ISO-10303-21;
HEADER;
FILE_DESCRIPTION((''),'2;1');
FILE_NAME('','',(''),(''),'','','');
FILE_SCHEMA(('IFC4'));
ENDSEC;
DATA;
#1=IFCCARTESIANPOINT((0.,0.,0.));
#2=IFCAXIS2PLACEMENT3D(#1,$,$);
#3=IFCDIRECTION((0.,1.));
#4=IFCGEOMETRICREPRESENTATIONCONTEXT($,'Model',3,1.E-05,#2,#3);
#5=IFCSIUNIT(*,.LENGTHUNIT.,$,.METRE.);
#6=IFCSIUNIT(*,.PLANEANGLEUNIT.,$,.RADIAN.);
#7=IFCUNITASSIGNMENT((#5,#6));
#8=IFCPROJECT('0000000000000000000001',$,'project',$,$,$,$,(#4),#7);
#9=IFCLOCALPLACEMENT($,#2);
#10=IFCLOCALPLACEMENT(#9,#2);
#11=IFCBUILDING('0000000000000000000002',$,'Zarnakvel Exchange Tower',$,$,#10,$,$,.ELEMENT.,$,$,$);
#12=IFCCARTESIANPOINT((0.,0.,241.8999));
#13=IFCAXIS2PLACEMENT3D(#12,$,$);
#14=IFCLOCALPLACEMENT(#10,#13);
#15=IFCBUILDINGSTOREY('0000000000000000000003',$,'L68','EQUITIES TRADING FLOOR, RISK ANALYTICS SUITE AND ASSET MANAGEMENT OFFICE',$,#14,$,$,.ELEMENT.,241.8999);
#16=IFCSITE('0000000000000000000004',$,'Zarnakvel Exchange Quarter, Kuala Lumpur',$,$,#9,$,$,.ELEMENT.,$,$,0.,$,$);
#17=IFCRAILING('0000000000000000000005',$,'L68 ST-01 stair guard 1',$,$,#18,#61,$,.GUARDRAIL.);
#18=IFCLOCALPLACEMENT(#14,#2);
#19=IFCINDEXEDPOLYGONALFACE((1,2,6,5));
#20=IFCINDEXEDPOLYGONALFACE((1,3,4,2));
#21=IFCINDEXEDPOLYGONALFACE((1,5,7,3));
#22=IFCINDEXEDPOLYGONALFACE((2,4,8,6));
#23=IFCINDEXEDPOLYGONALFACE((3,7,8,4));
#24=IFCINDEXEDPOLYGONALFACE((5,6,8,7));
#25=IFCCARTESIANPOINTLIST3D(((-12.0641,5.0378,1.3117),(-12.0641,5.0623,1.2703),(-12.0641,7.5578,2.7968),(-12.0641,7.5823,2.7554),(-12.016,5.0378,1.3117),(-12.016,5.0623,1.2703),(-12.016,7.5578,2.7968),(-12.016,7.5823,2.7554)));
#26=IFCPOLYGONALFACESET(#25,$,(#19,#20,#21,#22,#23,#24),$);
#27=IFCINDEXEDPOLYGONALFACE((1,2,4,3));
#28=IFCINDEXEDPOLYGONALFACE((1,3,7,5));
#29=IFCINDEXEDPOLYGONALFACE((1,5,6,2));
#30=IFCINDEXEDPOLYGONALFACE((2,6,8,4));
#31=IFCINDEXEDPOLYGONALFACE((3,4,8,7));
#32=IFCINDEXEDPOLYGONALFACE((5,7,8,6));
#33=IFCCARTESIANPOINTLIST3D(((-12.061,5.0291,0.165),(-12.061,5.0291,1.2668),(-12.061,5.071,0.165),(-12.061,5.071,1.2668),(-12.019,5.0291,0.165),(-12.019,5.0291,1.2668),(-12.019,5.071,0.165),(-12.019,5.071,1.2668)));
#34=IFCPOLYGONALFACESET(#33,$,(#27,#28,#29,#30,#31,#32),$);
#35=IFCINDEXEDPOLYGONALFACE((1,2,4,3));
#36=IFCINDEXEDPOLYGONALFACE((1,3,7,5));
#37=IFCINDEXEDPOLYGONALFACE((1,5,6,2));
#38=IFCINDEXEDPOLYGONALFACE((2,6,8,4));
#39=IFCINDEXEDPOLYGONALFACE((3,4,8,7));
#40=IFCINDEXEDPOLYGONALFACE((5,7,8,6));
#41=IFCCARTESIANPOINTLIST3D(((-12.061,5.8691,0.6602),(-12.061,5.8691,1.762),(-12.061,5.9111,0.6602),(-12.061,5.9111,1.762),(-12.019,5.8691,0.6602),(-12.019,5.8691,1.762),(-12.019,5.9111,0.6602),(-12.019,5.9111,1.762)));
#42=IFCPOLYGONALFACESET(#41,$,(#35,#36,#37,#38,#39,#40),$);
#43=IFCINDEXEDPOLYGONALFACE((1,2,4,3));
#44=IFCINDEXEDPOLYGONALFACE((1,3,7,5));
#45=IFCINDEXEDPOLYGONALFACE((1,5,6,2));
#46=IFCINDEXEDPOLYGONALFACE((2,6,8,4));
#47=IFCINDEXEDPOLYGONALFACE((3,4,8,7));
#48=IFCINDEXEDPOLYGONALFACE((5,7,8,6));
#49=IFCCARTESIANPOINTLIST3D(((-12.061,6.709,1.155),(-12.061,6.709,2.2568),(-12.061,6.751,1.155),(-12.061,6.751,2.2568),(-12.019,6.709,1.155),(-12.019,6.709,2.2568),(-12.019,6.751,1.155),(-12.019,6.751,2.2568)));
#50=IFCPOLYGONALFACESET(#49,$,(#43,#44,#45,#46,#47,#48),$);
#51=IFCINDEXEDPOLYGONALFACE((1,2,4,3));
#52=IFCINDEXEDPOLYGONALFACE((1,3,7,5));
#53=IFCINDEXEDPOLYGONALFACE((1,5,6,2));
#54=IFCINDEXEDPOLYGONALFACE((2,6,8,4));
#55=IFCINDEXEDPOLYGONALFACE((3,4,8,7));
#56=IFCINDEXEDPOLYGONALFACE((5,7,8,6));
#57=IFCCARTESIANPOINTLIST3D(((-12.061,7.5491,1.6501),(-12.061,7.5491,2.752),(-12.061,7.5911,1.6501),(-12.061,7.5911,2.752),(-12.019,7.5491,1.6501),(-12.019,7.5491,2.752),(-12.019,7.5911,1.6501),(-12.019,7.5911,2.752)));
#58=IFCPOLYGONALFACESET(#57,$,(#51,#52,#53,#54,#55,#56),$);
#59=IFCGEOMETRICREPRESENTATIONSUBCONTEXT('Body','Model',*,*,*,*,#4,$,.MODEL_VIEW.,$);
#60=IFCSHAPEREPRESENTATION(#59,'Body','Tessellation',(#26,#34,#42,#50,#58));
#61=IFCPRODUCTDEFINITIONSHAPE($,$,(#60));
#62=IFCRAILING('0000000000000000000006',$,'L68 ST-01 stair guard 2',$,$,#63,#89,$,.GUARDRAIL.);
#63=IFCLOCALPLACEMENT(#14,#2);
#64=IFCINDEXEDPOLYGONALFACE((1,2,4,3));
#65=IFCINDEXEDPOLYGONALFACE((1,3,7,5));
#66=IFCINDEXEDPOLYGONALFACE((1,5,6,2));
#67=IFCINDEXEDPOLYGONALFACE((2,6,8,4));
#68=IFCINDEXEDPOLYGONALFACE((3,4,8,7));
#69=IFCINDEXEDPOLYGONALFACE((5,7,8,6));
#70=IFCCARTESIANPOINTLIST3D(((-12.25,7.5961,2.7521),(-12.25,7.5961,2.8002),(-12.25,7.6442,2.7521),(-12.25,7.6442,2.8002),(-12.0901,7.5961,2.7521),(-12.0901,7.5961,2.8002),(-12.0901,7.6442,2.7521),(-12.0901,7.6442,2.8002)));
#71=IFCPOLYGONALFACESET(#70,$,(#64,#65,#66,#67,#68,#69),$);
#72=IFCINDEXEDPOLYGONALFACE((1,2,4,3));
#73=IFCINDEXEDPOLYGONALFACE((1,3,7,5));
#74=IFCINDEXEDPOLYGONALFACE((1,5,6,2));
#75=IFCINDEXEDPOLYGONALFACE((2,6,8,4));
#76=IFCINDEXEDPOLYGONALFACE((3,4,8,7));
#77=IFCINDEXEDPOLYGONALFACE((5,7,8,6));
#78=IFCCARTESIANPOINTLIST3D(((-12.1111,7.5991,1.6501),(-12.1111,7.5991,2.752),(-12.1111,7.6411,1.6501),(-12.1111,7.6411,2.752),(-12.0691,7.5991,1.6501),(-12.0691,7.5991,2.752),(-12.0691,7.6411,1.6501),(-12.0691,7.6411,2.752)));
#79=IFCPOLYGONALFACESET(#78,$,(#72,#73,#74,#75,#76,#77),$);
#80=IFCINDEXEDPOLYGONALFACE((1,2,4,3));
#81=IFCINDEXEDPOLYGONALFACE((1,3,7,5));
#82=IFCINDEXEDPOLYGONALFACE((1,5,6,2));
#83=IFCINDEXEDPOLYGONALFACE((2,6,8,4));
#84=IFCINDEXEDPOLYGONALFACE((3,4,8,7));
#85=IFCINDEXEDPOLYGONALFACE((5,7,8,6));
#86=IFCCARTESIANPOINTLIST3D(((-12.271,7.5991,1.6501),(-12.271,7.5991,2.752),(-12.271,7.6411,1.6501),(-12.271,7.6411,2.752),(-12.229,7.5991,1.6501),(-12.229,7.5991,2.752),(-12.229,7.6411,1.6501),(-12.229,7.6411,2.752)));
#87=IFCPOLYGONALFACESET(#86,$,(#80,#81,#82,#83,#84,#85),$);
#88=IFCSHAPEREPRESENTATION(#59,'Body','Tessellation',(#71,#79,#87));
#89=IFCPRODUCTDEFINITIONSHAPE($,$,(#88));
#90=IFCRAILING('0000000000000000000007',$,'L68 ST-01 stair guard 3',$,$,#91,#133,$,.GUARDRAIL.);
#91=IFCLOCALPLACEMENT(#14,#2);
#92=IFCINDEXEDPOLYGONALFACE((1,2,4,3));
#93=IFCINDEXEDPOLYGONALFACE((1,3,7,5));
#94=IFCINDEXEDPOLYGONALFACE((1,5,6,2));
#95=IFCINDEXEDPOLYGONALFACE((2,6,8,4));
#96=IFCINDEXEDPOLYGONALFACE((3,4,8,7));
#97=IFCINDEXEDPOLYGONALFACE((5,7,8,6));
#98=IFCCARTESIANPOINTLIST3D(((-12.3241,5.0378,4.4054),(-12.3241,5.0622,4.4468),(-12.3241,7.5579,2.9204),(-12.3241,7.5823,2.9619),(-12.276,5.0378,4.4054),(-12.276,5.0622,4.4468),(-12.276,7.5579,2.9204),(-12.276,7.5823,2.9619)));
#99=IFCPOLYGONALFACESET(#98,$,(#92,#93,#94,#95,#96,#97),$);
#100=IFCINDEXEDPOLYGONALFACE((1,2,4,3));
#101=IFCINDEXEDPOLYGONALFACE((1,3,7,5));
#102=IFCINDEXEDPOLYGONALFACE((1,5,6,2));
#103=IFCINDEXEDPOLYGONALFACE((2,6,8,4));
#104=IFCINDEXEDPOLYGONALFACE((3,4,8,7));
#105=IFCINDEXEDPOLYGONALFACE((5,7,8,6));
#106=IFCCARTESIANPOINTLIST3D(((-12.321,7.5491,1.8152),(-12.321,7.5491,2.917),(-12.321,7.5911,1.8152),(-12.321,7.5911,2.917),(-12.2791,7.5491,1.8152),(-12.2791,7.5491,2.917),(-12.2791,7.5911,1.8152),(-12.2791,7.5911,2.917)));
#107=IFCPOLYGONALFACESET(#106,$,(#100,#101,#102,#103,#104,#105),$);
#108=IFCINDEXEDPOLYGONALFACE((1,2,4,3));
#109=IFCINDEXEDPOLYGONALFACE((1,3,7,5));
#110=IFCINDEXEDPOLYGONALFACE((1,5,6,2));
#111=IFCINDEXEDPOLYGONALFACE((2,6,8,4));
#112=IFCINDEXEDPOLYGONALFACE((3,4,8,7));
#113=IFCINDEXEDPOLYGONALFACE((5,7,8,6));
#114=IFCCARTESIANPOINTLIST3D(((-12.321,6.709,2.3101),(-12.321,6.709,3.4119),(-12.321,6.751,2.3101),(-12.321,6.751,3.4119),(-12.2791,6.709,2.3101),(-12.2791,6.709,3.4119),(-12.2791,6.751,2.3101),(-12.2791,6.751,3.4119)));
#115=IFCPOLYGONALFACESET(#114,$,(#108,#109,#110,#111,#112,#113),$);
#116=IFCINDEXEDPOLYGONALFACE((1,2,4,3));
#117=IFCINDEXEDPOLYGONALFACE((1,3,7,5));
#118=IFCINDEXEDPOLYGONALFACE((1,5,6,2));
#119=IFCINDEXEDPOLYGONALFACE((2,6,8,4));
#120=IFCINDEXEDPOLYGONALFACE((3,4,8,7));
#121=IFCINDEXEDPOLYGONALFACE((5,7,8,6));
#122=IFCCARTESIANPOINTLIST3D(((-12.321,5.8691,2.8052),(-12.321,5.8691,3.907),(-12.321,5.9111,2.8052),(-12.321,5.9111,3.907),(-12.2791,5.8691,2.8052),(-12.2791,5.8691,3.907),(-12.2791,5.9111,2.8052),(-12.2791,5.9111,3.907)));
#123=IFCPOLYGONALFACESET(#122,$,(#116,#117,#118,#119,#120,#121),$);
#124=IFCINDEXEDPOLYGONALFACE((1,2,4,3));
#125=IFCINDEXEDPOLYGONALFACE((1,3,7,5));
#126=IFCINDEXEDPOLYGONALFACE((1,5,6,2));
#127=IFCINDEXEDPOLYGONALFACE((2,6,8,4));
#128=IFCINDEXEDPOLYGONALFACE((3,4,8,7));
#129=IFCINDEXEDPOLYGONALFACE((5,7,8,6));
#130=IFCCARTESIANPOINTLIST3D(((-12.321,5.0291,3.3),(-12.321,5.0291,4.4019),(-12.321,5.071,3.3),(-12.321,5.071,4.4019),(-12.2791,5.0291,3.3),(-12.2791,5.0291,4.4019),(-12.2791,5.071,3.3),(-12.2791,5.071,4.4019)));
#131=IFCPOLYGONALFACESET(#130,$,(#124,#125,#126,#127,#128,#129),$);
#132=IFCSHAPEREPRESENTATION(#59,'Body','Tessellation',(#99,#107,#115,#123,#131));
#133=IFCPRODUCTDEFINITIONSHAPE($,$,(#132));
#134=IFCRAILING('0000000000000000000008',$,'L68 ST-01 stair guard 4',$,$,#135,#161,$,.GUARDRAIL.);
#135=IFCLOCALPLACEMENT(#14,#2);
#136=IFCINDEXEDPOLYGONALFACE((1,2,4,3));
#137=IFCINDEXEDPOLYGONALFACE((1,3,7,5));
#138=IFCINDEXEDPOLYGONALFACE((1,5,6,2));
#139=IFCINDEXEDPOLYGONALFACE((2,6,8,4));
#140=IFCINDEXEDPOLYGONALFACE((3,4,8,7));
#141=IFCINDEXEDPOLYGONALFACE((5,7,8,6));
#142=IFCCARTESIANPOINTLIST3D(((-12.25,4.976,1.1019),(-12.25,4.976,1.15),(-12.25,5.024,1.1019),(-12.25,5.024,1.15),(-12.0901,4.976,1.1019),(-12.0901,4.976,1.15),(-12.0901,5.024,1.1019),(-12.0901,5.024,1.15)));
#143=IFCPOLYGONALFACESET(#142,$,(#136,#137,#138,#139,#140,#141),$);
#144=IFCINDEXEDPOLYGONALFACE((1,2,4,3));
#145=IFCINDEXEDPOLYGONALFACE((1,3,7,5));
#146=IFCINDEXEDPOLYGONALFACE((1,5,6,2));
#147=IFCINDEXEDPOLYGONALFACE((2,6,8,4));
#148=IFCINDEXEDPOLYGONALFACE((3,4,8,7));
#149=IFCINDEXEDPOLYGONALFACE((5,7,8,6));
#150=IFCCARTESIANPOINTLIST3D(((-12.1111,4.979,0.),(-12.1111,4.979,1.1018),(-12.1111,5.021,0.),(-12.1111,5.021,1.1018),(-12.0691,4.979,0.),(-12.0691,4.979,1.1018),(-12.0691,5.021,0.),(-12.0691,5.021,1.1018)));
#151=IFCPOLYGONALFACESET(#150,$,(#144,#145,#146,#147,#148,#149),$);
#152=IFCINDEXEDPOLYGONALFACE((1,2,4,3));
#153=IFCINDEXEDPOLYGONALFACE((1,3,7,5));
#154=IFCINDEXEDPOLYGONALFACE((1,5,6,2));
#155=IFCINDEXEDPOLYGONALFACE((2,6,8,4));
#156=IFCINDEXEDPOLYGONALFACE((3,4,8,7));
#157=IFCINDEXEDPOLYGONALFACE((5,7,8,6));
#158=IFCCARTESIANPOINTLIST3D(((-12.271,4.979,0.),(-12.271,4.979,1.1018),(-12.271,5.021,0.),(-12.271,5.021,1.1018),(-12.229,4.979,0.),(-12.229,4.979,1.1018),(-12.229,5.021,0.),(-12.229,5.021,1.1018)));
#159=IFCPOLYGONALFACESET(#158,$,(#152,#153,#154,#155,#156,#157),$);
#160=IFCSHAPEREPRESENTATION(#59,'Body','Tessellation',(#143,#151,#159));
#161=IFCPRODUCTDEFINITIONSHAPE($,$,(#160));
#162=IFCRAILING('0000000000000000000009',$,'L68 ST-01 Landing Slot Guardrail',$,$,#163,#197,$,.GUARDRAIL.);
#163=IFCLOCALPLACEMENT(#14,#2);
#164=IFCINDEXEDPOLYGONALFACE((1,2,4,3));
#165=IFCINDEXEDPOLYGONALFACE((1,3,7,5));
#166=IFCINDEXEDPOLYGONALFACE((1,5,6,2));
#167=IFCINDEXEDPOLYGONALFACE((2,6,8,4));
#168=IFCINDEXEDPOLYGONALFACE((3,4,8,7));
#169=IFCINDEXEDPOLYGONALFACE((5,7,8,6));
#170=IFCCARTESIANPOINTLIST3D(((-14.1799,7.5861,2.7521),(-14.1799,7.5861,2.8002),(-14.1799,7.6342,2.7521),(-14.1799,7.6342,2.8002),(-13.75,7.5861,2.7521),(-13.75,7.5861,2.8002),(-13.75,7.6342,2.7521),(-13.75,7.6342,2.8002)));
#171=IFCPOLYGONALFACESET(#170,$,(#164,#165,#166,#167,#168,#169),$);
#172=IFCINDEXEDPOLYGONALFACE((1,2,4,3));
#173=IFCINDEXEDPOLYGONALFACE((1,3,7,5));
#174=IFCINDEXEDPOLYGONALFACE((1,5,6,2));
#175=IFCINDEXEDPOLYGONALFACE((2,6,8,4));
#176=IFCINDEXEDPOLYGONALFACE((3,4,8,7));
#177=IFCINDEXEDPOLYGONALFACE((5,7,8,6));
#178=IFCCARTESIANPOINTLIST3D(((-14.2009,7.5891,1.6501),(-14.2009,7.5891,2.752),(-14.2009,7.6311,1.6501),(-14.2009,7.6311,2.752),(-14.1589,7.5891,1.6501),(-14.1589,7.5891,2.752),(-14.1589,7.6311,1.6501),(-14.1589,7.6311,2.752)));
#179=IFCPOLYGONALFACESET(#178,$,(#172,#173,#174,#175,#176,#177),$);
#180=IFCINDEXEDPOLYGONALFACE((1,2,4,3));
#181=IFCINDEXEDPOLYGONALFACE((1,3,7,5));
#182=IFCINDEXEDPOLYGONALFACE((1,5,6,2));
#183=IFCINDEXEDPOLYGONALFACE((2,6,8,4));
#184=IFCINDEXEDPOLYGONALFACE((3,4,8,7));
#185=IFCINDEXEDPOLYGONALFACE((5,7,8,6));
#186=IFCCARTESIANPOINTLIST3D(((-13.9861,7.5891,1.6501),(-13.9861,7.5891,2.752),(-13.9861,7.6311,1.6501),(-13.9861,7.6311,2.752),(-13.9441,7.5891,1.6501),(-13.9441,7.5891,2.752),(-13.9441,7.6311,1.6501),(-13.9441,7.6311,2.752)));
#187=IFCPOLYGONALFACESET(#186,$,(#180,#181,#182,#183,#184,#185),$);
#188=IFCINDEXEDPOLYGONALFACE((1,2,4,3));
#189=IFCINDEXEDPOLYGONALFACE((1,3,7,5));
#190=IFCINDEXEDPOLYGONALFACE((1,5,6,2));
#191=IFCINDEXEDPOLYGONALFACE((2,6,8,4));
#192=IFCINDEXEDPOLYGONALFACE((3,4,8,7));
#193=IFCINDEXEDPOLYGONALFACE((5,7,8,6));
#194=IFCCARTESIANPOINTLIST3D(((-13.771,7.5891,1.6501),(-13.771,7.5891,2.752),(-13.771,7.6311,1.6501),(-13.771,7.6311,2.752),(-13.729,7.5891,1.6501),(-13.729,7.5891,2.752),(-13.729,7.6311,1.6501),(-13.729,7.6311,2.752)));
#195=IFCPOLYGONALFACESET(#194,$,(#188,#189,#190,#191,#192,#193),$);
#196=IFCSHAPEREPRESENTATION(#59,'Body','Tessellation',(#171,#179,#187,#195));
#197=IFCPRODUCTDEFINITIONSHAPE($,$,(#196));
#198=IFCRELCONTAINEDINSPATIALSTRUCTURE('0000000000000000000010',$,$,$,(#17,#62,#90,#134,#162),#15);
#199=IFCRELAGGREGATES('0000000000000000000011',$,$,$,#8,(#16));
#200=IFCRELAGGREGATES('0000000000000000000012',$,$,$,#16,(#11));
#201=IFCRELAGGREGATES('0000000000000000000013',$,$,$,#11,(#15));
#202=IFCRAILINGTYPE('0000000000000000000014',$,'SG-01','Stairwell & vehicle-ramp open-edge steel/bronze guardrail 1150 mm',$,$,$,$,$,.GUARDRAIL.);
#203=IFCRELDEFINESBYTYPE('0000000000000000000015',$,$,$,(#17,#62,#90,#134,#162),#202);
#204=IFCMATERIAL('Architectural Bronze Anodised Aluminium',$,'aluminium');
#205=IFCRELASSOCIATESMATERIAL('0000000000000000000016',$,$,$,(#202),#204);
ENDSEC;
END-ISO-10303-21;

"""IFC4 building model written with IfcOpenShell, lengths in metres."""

from ifc_helpers import new_model, si_unit, direction, frame, origin, origin_2d, place, context, subcontext, project, spatial, rectangle, extrude, material, type_object, element, save


model = new_model("IFC4")

# Units and contexts
model_context = context("Model", 3, precision=1e-05, world=origin(), true_north=direction((0.0, 1.0)))
body_context = subcontext(model_context, "Body", "Model", "MODEL_VIEW")
ifc_project = project(units=[si_unit("LENGTHUNIT", "METRE"), si_unit("PLANEANGLEUNIT", "RADIAN")], contexts=[model_context])

# Site, building, storey
site_placement = place(None, origin())
site = spatial("IfcSite", under=ifc_project, at=site_placement, Name="Zarnakvel Exchange Quarter, Kuala Lumpur", CompositionType="ELEMENT", RefElevation=0.0)
building_placement = place(site_placement, origin())
building = spatial("IfcBuilding", under=site, at=building_placement, Name="Zarnakvel Exchange Tower", CompositionType="ELEMENT")
storey_placement = place(building_placement, frame((0.0, 0.0, 241.8999)))
storey = spatial("IfcBuildingStorey", under=building, at=storey_placement, Name="L68", Description="EQUITIES TRADING FLOOR, RISK ANALYTICS SUITE AND ASSET MANAGEMENT OFFICE", CompositionType="ELEMENT", Elevation=241.8999)

# Shared definitions
ifc_material_1 = material(Name="Architectural Bronze Anodised Aluminium", Category="aluminium")

# Railings
railing_type_1 = type_object("IfcRailingType", Name="SG-01", Description="Stairwell & vehicle-ramp open-edge steel/bronze guardrail 1150 mm", PredefinedType="GUARDRAIL", material=ifc_material_1)
railing_1_placement = place(storey_placement, frame((-12.04, 5.05, 0.165)))
element("IfcRailing", 1, at=railing_1_placement, inside=storey, type_object=railing_type_1, Name="L68 ST-01 stair guard 1", PredefinedType="GUARDRAIL", context=body_context, shape_type="SweptSolid", body=[
    extrude(rectangle(XDim=0.0481, YDim=0.0481, at=origin_2d()), frame((0.0, 0.0, 1.126), z_axis=(0.0, 0.861524, 0.507717), x_axis=(-1.0, 0.0, 0.0)), (0.0, 0.0, 1.0), 2.925),
    extrude(rectangle(XDim=0.042, YDim=0.042, at=origin_2d()), origin(), (0.0, 0.0, 1.0), 1.1018),
    extrude(rectangle(XDim=0.042, YDim=0.042, at=origin_2d()), frame((0.0, 0.8401, 0.4951)), (0.0, 0.0, 1.0), 1.1018),
    extrude(rectangle(XDim=0.042, YDim=0.042, at=origin_2d()), frame((0.0, 1.6799, 0.99)), (0.0, 0.0, 1.0), 1.1018),
    extrude(rectangle(XDim=0.042, YDim=0.042, at=origin_2d()), frame((0.0, 2.52, 1.4851)), (0.0, 0.0, 1.0), 1.1018),
])
railing_2_placement = place(storey_placement, frame((-12.0901, 7.6201, 1.6501)))
element("IfcRailing", 2, at=railing_2_placement, inside=storey, type_object=railing_type_1, Name="L68 ST-01 stair guard 2", PredefinedType="GUARDRAIL", context=body_context, shape_type="SweptSolid", body=[
    extrude(rectangle(XDim=0.0481, YDim=0.0481, at=origin_2d()), frame((0.0, 0.0, 1.126), z_axis=(-1.0, 0.0, 0.0), x_axis=(0.0, -1.0, 0.0)), (0.0, 0.0, 1.0), 0.1599),
    extrude(rectangle(XDim=0.042, YDim=0.042, at=origin_2d()), origin(), (0.0, 0.0, 1.0), 1.1018),
    extrude(rectangle(XDim=0.042, YDim=0.042, at=origin_2d()), frame((-0.1599, 0.0, 0.0)), (0.0, 0.0, 1.0), 1.1018),
])
railing_3_placement = place(storey_placement, frame((-12.3, 7.5701, 1.8152)))
element("IfcRailing", 3, at=railing_3_placement, inside=storey, type_object=railing_type_1, Name="L68 ST-01 stair guard 3", PredefinedType="GUARDRAIL", context=body_context, shape_type="SweptSolid", body=[
    extrude(rectangle(XDim=0.0481, YDim=0.0481, at=origin_2d()), frame((0.0, 0.0, 1.126), z_axis=(0.0, -0.861561, 0.507655), x_axis=(1.0, 0.0, 0.0)), (0.0, 0.0, 1.0), 2.925),
    extrude(rectangle(XDim=0.042, YDim=0.042, at=origin_2d()), origin(), (0.0, 0.0, 1.0), 1.1018),
    extrude(rectangle(XDim=0.042, YDim=0.042, at=origin_2d()), frame((0.0, -0.8401, 0.4949)), (0.0, 0.0, 1.0), 1.1018),
    extrude(rectangle(XDim=0.042, YDim=0.042, at=origin_2d()), frame((0.0, -1.6799, 0.99)), (0.0, 0.0, 1.0), 1.1018),
    extrude(rectangle(XDim=0.042, YDim=0.042, at=origin_2d()), frame((0.0, -2.52, 1.4849)), (0.0, 0.0, 1.0), 1.1018),
])
railing_4_placement = place(storey_placement, frame((-12.0901, 5.0, 0.0)))
element("IfcRailing", 4, at=railing_4_placement, inside=storey, type_object=railing_type_1, Name="L68 ST-01 stair guard 4", PredefinedType="GUARDRAIL", context=body_context, shape_type="SweptSolid", body=[
    extrude(rectangle(XDim=0.0481, YDim=0.0481, at=origin_2d()), frame((0.0, 0.0, 1.126), z_axis=(-1.0, 0.0, 0.0), x_axis=(0.0, -1.0, 0.0)), (0.0, 0.0, 1.0), 0.1599),
    extrude(rectangle(XDim=0.042, YDim=0.042, at=origin_2d()), origin(), (0.0, 0.0, 1.0), 1.1018),
    extrude(rectangle(XDim=0.042, YDim=0.042, at=origin_2d()), frame((-0.1599, 0.0, 0.0)), (0.0, 0.0, 1.0), 1.1018),
])
railing_5_placement = place(storey_placement, frame((-14.1799, 7.6101, 1.6501)))
element("IfcRailing", 5, at=railing_5_placement, inside=storey, type_object=railing_type_1, Name="L68 ST-01 Landing Slot Guardrail", PredefinedType="GUARDRAIL", context=body_context, shape_type="SweptSolid", body=[
    extrude(rectangle(XDim=0.0481, YDim=0.0481, at=origin_2d()), frame((0.0, 0.0, 1.126), z_axis=(1.0, 0.0, 0.0), x_axis=(0.0, 1.0, 0.0)), (0.0, 0.0, 1.0), 0.4299),
    extrude(rectangle(XDim=0.042, YDim=0.042, at=origin_2d()), origin(), (0.0, 0.0, 1.0), 1.1018),
    extrude(rectangle(XDim=0.042, YDim=0.042, at=origin_2d()), frame((0.2148, 0.0, 0.0)), (0.0, 0.0, 1.0), 1.1018),
    extrude(rectangle(XDim=0.042, YDim=0.042, at=origin_2d()), frame((0.4299, 0.0, 0.0)), (0.0, 0.0, 1.0), 1.1018),
])

save(model, "model.ifc")
